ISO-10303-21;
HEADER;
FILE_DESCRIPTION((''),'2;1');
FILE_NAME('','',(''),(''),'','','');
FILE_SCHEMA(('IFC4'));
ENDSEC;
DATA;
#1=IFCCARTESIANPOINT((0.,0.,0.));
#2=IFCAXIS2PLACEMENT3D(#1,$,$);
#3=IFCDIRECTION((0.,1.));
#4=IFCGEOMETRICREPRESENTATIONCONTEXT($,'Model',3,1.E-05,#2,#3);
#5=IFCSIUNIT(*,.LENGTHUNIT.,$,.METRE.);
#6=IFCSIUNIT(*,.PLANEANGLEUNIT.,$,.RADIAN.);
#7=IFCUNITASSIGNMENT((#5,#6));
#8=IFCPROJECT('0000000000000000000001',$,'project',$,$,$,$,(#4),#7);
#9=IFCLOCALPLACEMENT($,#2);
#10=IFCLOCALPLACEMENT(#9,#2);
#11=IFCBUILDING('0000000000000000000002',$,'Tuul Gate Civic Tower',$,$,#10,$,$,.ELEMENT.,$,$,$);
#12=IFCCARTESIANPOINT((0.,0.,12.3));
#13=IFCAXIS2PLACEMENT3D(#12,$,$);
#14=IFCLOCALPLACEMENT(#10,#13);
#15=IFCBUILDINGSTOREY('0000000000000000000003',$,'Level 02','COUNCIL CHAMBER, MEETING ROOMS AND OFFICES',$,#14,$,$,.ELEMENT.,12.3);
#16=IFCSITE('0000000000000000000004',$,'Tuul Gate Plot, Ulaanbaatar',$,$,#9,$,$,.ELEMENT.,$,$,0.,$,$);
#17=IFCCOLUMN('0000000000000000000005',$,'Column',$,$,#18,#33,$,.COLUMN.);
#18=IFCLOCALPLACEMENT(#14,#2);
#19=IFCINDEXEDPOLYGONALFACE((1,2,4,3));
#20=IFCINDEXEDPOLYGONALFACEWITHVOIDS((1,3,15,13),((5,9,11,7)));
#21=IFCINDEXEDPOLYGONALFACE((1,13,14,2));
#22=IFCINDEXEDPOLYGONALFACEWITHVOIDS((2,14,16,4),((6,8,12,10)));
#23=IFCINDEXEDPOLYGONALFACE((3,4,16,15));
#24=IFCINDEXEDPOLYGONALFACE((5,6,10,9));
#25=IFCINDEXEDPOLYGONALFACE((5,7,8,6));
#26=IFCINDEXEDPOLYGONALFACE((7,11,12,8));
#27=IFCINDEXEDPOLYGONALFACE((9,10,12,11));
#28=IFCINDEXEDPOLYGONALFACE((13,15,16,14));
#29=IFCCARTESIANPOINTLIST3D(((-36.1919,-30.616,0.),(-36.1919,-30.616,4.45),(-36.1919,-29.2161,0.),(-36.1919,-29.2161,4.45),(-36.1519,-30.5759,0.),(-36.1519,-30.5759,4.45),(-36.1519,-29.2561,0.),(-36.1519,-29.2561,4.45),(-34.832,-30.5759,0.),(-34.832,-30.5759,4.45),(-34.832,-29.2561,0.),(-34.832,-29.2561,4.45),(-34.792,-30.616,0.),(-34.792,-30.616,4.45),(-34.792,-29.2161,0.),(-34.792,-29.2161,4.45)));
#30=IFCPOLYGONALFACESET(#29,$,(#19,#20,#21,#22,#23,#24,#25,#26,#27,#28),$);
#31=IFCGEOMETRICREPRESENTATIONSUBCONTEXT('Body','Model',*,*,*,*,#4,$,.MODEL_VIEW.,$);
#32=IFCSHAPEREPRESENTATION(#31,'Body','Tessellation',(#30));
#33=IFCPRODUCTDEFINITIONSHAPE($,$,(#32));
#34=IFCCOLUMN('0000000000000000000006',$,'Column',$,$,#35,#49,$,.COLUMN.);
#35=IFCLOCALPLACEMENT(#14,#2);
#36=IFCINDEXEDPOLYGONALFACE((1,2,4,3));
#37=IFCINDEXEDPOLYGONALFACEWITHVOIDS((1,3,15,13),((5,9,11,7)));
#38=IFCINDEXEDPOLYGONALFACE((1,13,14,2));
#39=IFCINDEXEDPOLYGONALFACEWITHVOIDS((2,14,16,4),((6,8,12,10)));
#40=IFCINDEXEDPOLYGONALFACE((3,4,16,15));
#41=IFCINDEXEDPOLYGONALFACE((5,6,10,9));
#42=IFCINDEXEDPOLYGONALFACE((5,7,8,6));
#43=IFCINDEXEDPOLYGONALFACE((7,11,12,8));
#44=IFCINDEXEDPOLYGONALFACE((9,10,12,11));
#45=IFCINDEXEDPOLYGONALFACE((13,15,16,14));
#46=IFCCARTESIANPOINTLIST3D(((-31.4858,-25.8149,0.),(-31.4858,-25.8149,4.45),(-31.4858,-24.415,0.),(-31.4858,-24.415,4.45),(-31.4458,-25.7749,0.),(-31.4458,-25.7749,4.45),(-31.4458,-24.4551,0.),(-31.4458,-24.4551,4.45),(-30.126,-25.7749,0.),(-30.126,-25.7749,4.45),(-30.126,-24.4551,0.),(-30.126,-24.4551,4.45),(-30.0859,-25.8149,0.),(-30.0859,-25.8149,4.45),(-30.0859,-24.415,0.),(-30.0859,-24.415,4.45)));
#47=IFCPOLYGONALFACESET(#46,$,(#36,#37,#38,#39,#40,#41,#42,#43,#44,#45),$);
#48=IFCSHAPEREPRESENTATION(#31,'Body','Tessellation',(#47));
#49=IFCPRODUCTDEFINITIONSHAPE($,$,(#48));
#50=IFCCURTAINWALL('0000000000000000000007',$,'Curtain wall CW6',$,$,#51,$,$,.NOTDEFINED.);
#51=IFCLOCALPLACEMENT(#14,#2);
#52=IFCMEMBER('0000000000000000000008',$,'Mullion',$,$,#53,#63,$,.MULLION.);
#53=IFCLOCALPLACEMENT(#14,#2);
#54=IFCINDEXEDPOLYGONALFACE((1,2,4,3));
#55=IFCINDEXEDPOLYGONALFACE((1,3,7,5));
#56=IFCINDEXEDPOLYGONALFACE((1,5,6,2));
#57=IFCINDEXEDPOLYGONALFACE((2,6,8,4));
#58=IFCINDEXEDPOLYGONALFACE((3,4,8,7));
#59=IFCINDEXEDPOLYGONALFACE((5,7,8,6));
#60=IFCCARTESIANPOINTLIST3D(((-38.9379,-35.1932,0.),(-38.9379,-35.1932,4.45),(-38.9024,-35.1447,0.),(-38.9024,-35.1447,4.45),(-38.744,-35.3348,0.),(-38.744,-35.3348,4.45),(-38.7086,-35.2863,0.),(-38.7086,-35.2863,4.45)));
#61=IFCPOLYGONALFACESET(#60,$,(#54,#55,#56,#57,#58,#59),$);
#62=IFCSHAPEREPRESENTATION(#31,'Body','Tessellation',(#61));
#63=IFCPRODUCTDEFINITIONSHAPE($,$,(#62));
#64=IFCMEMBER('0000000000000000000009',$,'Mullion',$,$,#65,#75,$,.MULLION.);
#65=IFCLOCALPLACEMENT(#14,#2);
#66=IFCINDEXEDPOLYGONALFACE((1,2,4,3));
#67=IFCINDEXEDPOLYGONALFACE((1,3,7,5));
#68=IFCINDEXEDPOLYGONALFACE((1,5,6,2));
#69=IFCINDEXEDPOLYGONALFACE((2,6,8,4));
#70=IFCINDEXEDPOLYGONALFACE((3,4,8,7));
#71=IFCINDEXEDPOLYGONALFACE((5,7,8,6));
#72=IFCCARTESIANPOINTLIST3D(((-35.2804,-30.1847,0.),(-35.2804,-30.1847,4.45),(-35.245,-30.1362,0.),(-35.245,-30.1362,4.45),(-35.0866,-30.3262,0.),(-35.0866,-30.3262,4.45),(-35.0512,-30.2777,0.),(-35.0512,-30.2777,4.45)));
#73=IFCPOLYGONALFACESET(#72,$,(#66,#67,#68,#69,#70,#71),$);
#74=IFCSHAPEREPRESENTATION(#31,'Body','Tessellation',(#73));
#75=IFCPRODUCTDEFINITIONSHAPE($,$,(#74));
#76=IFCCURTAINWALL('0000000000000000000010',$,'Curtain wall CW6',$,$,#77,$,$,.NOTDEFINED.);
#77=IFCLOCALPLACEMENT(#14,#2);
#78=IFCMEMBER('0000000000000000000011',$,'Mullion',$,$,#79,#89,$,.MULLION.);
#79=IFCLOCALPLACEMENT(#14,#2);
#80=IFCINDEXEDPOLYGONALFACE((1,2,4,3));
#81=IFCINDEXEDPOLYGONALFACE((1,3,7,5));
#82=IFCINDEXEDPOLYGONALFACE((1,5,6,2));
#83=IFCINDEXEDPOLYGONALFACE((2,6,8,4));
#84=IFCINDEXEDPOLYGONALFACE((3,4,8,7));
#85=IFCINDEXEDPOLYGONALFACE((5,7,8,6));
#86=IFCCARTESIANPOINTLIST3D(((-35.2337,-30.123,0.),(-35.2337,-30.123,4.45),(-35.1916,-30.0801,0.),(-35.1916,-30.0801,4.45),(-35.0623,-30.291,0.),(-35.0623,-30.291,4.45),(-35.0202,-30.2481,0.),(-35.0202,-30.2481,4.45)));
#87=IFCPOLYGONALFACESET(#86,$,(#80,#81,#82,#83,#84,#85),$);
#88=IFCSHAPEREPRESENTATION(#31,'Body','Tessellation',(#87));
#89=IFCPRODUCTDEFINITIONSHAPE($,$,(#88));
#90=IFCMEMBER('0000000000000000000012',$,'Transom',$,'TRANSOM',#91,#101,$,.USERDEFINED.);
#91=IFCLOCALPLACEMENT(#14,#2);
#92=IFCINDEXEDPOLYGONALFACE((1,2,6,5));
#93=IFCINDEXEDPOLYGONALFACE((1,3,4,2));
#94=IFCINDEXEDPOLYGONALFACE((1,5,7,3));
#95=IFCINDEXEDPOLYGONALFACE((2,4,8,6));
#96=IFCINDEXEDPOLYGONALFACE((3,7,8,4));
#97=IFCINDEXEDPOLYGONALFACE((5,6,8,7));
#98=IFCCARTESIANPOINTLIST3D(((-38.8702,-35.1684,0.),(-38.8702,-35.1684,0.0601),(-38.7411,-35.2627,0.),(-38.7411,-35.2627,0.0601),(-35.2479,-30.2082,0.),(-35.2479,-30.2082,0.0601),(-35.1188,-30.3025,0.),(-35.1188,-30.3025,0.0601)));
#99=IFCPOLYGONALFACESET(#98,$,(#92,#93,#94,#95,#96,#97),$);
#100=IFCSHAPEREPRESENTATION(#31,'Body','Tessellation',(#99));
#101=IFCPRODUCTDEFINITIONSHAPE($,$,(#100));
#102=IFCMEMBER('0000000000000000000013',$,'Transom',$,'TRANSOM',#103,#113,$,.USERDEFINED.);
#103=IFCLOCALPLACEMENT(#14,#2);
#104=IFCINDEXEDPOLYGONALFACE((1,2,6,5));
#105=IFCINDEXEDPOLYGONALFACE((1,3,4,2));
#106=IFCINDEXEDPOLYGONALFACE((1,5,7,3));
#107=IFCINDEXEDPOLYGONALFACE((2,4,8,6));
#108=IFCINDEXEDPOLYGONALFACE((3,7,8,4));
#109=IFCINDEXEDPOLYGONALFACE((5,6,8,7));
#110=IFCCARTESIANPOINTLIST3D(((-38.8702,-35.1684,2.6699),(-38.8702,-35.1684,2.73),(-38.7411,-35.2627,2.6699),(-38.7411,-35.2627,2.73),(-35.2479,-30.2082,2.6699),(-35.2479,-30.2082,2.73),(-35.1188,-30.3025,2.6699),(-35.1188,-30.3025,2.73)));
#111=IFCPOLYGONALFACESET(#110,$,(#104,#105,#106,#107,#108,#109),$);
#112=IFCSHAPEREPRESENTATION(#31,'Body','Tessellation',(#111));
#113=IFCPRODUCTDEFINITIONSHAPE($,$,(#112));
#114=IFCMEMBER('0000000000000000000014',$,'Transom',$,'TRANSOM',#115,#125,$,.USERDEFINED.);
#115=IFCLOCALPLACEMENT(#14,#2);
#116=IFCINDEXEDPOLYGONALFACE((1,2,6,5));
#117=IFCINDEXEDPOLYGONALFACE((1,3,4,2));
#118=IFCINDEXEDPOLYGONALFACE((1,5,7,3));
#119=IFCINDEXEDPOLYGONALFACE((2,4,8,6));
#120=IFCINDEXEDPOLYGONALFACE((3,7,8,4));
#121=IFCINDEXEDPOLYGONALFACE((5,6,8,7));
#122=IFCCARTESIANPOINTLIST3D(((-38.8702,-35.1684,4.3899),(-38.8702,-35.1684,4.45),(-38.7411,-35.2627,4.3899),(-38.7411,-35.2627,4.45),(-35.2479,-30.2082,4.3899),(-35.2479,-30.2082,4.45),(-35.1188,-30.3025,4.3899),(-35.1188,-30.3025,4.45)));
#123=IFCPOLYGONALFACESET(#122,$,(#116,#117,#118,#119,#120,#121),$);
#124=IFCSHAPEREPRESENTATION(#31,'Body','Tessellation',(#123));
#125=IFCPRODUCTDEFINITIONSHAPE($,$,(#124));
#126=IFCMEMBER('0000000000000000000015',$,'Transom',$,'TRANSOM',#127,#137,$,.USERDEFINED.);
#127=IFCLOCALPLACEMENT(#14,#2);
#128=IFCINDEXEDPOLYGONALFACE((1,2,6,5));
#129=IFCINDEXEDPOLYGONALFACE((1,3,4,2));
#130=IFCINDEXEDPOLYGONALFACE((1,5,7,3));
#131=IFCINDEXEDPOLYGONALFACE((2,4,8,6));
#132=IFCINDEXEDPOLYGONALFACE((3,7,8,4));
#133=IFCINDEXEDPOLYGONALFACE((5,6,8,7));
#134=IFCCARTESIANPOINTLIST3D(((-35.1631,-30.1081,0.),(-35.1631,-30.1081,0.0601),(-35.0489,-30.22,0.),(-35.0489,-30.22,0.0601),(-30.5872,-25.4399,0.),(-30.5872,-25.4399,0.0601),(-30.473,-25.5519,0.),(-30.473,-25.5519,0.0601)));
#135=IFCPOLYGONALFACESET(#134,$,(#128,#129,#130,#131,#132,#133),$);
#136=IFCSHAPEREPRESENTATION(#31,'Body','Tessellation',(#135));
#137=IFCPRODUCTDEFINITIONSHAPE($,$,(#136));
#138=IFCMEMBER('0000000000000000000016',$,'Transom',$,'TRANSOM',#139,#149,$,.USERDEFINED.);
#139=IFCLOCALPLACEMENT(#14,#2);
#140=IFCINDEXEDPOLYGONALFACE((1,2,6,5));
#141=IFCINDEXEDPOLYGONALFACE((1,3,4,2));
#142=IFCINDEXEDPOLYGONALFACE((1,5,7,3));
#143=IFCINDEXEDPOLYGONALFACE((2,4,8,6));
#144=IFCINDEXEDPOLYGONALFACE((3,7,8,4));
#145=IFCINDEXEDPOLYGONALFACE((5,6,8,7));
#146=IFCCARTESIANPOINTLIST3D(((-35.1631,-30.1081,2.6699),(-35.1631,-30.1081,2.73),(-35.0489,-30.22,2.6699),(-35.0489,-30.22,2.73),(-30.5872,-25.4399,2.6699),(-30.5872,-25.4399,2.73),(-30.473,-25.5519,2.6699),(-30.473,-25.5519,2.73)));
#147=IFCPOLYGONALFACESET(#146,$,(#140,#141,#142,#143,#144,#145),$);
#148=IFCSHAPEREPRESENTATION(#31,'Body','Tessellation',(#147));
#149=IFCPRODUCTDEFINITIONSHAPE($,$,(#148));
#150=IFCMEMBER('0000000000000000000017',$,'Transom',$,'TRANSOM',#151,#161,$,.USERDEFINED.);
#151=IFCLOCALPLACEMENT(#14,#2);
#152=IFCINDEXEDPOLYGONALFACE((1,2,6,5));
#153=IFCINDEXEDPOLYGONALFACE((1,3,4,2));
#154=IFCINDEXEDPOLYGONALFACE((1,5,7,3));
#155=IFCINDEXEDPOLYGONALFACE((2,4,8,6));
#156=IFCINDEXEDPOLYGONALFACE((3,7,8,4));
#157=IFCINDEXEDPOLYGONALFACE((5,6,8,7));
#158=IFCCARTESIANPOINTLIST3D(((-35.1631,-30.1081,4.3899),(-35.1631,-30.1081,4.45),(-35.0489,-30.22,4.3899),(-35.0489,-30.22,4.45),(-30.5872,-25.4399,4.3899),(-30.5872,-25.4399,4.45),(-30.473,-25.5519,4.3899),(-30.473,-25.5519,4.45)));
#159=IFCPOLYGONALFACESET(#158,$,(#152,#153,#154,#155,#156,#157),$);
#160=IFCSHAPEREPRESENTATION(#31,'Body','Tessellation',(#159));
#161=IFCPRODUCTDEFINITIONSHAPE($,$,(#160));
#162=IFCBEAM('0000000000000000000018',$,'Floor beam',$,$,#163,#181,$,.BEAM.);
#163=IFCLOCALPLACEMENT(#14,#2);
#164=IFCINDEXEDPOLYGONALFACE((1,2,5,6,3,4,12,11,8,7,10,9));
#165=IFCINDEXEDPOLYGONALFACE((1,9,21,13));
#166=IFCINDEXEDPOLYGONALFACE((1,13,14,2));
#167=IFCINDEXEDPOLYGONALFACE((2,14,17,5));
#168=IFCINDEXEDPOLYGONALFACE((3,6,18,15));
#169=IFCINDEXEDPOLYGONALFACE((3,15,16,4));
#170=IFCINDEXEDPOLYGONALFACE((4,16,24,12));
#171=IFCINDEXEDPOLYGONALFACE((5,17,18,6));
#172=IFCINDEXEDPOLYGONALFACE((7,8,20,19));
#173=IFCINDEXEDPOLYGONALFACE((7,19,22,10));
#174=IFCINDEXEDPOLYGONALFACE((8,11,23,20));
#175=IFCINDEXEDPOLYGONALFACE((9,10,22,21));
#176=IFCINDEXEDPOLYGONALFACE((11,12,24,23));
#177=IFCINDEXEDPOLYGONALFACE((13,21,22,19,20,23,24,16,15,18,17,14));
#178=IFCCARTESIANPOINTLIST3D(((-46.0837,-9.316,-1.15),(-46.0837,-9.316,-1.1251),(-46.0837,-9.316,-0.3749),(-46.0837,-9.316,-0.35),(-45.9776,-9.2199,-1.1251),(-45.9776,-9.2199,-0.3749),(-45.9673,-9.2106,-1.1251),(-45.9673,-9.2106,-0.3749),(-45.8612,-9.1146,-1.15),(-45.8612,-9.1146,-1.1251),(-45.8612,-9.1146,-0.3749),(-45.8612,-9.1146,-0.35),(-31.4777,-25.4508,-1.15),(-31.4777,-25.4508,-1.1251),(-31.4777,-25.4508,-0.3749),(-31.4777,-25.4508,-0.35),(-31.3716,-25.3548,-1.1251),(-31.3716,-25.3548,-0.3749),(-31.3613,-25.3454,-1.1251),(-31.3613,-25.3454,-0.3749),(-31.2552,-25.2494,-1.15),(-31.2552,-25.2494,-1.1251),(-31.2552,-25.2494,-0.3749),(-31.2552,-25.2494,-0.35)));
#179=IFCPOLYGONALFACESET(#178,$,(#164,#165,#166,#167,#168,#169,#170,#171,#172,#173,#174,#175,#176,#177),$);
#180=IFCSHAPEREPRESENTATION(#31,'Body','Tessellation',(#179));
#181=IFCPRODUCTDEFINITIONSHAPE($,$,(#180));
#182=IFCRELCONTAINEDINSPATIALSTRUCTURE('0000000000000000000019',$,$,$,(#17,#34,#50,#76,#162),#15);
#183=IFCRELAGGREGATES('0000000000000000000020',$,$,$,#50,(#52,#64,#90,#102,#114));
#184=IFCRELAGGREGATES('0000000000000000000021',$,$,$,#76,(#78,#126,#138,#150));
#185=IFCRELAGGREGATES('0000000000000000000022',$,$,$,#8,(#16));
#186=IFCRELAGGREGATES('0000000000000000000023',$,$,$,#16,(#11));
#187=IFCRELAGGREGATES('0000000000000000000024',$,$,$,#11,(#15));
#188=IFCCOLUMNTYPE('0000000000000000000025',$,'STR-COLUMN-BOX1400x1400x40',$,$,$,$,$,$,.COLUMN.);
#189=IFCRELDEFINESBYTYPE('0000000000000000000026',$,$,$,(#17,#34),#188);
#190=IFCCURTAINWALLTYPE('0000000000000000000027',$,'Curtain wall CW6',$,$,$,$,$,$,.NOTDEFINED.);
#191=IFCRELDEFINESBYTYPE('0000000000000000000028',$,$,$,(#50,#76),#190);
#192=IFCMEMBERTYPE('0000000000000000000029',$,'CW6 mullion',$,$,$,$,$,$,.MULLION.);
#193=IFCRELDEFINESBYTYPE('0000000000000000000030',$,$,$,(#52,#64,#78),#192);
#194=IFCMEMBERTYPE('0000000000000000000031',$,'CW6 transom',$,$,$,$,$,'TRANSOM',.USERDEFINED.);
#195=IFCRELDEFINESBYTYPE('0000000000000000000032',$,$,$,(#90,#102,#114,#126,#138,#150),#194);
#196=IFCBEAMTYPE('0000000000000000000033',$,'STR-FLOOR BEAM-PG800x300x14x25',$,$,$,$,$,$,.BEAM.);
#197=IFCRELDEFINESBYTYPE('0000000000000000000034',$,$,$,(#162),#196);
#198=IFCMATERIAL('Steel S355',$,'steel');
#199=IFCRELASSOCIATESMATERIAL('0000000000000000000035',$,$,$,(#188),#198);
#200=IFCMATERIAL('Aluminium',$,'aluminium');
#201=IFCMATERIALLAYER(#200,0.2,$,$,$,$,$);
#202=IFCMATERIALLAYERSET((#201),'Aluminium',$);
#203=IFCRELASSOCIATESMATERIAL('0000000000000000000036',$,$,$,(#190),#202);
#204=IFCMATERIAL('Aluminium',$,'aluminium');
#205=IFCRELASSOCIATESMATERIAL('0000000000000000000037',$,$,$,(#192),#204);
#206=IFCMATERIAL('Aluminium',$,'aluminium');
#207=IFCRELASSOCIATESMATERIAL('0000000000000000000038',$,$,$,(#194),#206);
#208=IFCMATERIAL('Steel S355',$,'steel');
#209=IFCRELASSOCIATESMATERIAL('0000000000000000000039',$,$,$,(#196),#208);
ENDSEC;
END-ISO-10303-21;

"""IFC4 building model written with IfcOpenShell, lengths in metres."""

from ifc_helpers import new_model, si_unit, direction, frame, origin, origin_2d, place, context, subcontext, project, spatial, rectangle, hollow_rectangle, i_section, extrude, material, layer, layer_set, material_profile, profile_set, type_object, element, aggregate, save


model = new_model("IFC4")

# Units and contexts
model_context = context("Model", 3, precision=1e-05, world=origin(), true_north=direction((0.0, 1.0)))
body_context = subcontext(model_context, "Body", "Model", "MODEL_VIEW")
ifc_project = project(units=[si_unit("LENGTHUNIT", "METRE"), si_unit("PLANEANGLEUNIT", "RADIAN")], contexts=[model_context])

# Site, building, storey
site_placement = place(None, origin())
site = spatial("IfcSite", under=ifc_project, at=site_placement, Name="Tuul Gate Plot, Ulaanbaatar", CompositionType="ELEMENT", RefElevation=0.0)
building_placement = place(site_placement, origin())
building = spatial("IfcBuilding", under=site, at=building_placement, Name="Tuul Gate Civic Tower", CompositionType="ELEMENT")
storey_placement = place(building_placement, frame((0.0, 0.0, 12.3)))
storey = spatial("IfcBuildingStorey", under=building, at=storey_placement, Name="Level 02", Description="COUNCIL CHAMBER, MEETING ROOMS AND OFFICES", CompositionType="ELEMENT", Elevation=12.3)

# Columns
ifc_material_1 = material(Name="Steel S355", Category="steel")
ifc_material_profile_1 = material_profile(ifc_material_1, hollow_rectangle(XDim=1.3999, YDim=1.3999, WallThickness=0.04, at=origin_2d()), Name="BOX1400x1400x40")
ifc_profile_set_1 = profile_set([ifc_material_profile_1], Name="Steel S355")
column_type = type_object("IfcColumnType", Name="STR-COLUMN-BOX1400x1400x40", PredefinedType="COLUMN", material=ifc_profile_set_1)
for number, where, z_axis, x_axis, name in (
    (1, (-35.4919, -29.916, 0.0), (0.0, 0.0, 1.0), (1.0, 0.0, 0.0), "Column"),
    (2, (-30.7859, -25.115, 0.0), (0.0, 0.0, 1.0), (1.0, 0.0, 0.0), "Column"),
):
    element("IfcColumn", number, at=place(storey_placement, frame(where, z_axis=z_axis, x_axis=x_axis)), inside=storey, type_object=column_type, Name=name, PredefinedType="COLUMN", context=body_context, shape_type="SweptSolid", body=[
        extrude(hollow_rectangle(XDim=1.3999, YDim=1.3999, WallThickness=0.04, at=origin_2d()), origin(), (0.0, 0.0, 1.0), 4.45),
    ])

# Curtain wall, members
ifc_material_2 = material(Name="Aluminium", Category="aluminium")
ifc_layer_1 = layer(ifc_material_2, 0.2)
ifc_layer_set_1 = layer_set([ifc_layer_1], Name="Aluminium")
curtain_wall_type = type_object("IfcCurtainWallType", Name="Curtain wall CW6", PredefinedType="NOTDEFINED", material=ifc_layer_set_1)
curtain_wall_1_placement = place(storey_placement, origin())
curtain_wall_1 = element("IfcCurtainWall", 3, at=curtain_wall_1_placement, inside=storey, type_object=curtain_wall_type, Name="Curtain wall CW6", PredefinedType="NOTDEFINED")
ifc_material_3 = material(Name="Aluminium", Category="aluminium")
ifc_material_profile_2 = material_profile(ifc_material_3, rectangle(XDim=0.24, YDim=0.0601, at=origin_2d()), Name="CW6 mullion")
ifc_profile_set_2 = profile_set([ifc_material_profile_2], Name="Aluminium")
member_type_1 = type_object("IfcMemberType", Name="CW6 mullion", PredefinedType="MULLION", material=ifc_profile_set_2)
member_1_placement = place(storey_placement, frame((-38.8232, -35.2397, 0.0), z_axis=(0.0, 0.0, 1.0), x_axis=(-0.807581, 0.589756, 0.0)))
member_1 = element("IfcMember", 4, at=member_1_placement, type_object=member_type_1, Name="Mullion", PredefinedType="MULLION", context=body_context, shape_type="SweptSolid", body=[
    extrude(rectangle(XDim=0.24, YDim=0.0601, at=origin_2d()), origin(), (0.0, 0.0, 1.0), 4.45),
])
member_2_placement = place(storey_placement, frame((-35.1658, -30.2312, 0.0), z_axis=(0.0, 0.0, 1.0), x_axis=(-0.807581, 0.589756, 0.0)))
member_2 = element("IfcMember", 5, at=member_2_placement, type_object=member_type_1, Name="Mullion", PredefinedType="MULLION", context=body_context, shape_type="SweptSolid", body=[
    extrude(rectangle(XDim=0.24, YDim=0.0601, at=origin_2d()), origin(), (0.0, 0.0, 1.0), 4.45),
])

# Curtain wall, member
curtain_wall_2_placement = place(storey_placement, origin())
curtain_wall_2 = element("IfcCurtainWall", 6, at=curtain_wall_2_placement, inside=storey, type_object=curtain_wall_type, Name="Curtain wall CW6", PredefinedType="NOTDEFINED")
member_3_placement = place(storey_placement, frame((-35.127, -30.1855, 0.0), z_axis=(0.0, 0.0, 1.0), x_axis=(-0.714132, 0.700011, 0.0)))
member_3 = element("IfcMember", 7, at=member_3_placement, type_object=member_type_1, Name="Mullion", PredefinedType="MULLION", context=body_context, shape_type="SweptSolid", body=[
    extrude(rectangle(XDim=0.24, YDim=0.0601, at=origin_2d()), origin(), (0.0, 0.0, 1.0), 4.45),
])

# Members
ifc_material_4 = material(Name="Aluminium", Category="aluminium")
ifc_material_profile_3 = material_profile(ifc_material_4, rectangle(XDim=0.1599, YDim=0.0601, at=origin_2d()), Name="CW6 transom")
ifc_profile_set_3 = profile_set([ifc_material_profile_3], Name="Aluminium")
member_type_2 = type_object("IfcMemberType", Name="CW6 transom", ElementType="TRANSOM", PredefinedType="USERDEFINED", material=ifc_profile_set_3)
member_4_placement = place(storey_placement, frame((-38.8057, -35.2156, 0.03), z_axis=(0.589756, 0.807581, 0.0), x_axis=(-0.807581, 0.589756, 0.0)))
member_4 = element("IfcMember", 8, at=member_4_placement, type_object=member_type_2, Name="Transom", ObjectType="TRANSOM", PredefinedType="USERDEFINED", context=body_context, shape_type="SweptSolid", body=[
    extrude(rectangle(XDim=0.1599, YDim=0.0601, at=origin_2d()), origin(), (0.0, 0.0, 1.0), 6.1421),
])
member_5_placement = place(storey_placement, frame((-38.8057, -35.2156, 2.7), z_axis=(0.589756, 0.807581, 0.0), x_axis=(-0.807581, 0.589756, 0.0)))
member_5 = element("IfcMember", 9, at=member_5_placement, type_object=member_type_2, Name="Transom", ObjectType="TRANSOM", PredefinedType="USERDEFINED", context=body_context, shape_type="SweptSolid", body=[
    extrude(rectangle(XDim=0.1599, YDim=0.0601, at=origin_2d()), origin(), (0.0, 0.0, 1.0), 6.1421),
])
member_6_placement = place(storey_placement, frame((-38.8057, -35.2156, 4.4199), z_axis=(0.589756, 0.807581, 0.0), x_axis=(-0.807581, 0.589756, 0.0)))
member_6 = element("IfcMember", 10, at=member_6_placement, type_object=member_type_2, Name="Transom", ObjectType="TRANSOM", PredefinedType="USERDEFINED", context=body_context, shape_type="SweptSolid", body=[
    extrude(rectangle(XDim=0.1599, YDim=0.0601, at=origin_2d()), origin(), (0.0, 0.0, 1.0), 6.1421),
])
member_7_placement = place(storey_placement, frame((-35.106, -30.1641, 0.03), z_axis=(0.700013, 0.71413, 0.0), x_axis=(-0.71413, 0.700013, 0.0)))
member_7 = element("IfcMember", 11, at=member_7_placement, type_object=member_type_2, Name="Transom", ObjectType="TRANSOM", PredefinedType="USERDEFINED", context=body_context, shape_type="SweptSolid", body=[
    extrude(rectangle(XDim=0.1599, YDim=0.0601, at=origin_2d()), origin(), (0.0, 0.0, 1.0), 6.5369),
])
member_8_placement = place(storey_placement, frame((-35.106, -30.1641, 2.7), z_axis=(0.700013, 0.71413, 0.0), x_axis=(-0.71413, 0.700013, 0.0)))
member_8 = element("IfcMember", 12, at=member_8_placement, type_object=member_type_2, Name="Transom", ObjectType="TRANSOM", PredefinedType="USERDEFINED", context=body_context, shape_type="SweptSolid", body=[
    extrude(rectangle(XDim=0.1599, YDim=0.0601, at=origin_2d()), origin(), (0.0, 0.0, 1.0), 6.5369),
])
member_9_placement = place(storey_placement, frame((-35.106, -30.1641, 4.4199), z_axis=(0.700013, 0.71413, 0.0), x_axis=(-0.71413, 0.700013, 0.0)))
member_9 = element("IfcMember", 13, at=member_9_placement, type_object=member_type_2, Name="Transom", ObjectType="TRANSOM", PredefinedType="USERDEFINED", context=body_context, shape_type="SweptSolid", body=[
    extrude(rectangle(XDim=0.1599, YDim=0.0601, at=origin_2d()), origin(), (0.0, 0.0, 1.0), 6.5369),
])

# Beam
ifc_material_5 = material(Name="Steel S355", Category="steel")
ifc_material_profile_4 = material_profile(ifc_material_5, i_section(OverallWidth=0.3, OverallDepth=0.8, WebThickness=0.0139, FlangeThickness=0.0249, at=origin_2d()), Name="PG800x300x14x25")
ifc_profile_set_4 = profile_set([ifc_material_profile_4], Name="Steel S355")
beam_type_1 = type_object("IfcBeamType", Name="STR-FLOOR BEAM-PG800x300x14x25", PredefinedType="BEAM", material=ifc_profile_set_4)
beam_1_placement = place(storey_placement, frame((-31.3665, -25.3501, -0.75), z_axis=(-0.671111, 0.741357, 0.0), x_axis=(-0.741357, -0.671111, 0.0)))
element("IfcBeam", 14, at=beam_1_placement, inside=storey, type_object=beam_type_1, Name="Floor beam", PredefinedType="BEAM", context=body_context, shape_type="SweptSolid", body=[
    extrude(i_section(OverallWidth=0.3, OverallDepth=0.8, WebThickness=0.0139, FlangeThickness=0.0249, at=origin_2d()), origin(), (0.0, 0.0, 1.0), 21.7639),
])

aggregate(curtain_wall_1, [member_1, member_2, member_4, member_5, member_6])
aggregate(curtain_wall_2, [member_3, member_7, member_8, member_9])

save(model, "model.ifc")
